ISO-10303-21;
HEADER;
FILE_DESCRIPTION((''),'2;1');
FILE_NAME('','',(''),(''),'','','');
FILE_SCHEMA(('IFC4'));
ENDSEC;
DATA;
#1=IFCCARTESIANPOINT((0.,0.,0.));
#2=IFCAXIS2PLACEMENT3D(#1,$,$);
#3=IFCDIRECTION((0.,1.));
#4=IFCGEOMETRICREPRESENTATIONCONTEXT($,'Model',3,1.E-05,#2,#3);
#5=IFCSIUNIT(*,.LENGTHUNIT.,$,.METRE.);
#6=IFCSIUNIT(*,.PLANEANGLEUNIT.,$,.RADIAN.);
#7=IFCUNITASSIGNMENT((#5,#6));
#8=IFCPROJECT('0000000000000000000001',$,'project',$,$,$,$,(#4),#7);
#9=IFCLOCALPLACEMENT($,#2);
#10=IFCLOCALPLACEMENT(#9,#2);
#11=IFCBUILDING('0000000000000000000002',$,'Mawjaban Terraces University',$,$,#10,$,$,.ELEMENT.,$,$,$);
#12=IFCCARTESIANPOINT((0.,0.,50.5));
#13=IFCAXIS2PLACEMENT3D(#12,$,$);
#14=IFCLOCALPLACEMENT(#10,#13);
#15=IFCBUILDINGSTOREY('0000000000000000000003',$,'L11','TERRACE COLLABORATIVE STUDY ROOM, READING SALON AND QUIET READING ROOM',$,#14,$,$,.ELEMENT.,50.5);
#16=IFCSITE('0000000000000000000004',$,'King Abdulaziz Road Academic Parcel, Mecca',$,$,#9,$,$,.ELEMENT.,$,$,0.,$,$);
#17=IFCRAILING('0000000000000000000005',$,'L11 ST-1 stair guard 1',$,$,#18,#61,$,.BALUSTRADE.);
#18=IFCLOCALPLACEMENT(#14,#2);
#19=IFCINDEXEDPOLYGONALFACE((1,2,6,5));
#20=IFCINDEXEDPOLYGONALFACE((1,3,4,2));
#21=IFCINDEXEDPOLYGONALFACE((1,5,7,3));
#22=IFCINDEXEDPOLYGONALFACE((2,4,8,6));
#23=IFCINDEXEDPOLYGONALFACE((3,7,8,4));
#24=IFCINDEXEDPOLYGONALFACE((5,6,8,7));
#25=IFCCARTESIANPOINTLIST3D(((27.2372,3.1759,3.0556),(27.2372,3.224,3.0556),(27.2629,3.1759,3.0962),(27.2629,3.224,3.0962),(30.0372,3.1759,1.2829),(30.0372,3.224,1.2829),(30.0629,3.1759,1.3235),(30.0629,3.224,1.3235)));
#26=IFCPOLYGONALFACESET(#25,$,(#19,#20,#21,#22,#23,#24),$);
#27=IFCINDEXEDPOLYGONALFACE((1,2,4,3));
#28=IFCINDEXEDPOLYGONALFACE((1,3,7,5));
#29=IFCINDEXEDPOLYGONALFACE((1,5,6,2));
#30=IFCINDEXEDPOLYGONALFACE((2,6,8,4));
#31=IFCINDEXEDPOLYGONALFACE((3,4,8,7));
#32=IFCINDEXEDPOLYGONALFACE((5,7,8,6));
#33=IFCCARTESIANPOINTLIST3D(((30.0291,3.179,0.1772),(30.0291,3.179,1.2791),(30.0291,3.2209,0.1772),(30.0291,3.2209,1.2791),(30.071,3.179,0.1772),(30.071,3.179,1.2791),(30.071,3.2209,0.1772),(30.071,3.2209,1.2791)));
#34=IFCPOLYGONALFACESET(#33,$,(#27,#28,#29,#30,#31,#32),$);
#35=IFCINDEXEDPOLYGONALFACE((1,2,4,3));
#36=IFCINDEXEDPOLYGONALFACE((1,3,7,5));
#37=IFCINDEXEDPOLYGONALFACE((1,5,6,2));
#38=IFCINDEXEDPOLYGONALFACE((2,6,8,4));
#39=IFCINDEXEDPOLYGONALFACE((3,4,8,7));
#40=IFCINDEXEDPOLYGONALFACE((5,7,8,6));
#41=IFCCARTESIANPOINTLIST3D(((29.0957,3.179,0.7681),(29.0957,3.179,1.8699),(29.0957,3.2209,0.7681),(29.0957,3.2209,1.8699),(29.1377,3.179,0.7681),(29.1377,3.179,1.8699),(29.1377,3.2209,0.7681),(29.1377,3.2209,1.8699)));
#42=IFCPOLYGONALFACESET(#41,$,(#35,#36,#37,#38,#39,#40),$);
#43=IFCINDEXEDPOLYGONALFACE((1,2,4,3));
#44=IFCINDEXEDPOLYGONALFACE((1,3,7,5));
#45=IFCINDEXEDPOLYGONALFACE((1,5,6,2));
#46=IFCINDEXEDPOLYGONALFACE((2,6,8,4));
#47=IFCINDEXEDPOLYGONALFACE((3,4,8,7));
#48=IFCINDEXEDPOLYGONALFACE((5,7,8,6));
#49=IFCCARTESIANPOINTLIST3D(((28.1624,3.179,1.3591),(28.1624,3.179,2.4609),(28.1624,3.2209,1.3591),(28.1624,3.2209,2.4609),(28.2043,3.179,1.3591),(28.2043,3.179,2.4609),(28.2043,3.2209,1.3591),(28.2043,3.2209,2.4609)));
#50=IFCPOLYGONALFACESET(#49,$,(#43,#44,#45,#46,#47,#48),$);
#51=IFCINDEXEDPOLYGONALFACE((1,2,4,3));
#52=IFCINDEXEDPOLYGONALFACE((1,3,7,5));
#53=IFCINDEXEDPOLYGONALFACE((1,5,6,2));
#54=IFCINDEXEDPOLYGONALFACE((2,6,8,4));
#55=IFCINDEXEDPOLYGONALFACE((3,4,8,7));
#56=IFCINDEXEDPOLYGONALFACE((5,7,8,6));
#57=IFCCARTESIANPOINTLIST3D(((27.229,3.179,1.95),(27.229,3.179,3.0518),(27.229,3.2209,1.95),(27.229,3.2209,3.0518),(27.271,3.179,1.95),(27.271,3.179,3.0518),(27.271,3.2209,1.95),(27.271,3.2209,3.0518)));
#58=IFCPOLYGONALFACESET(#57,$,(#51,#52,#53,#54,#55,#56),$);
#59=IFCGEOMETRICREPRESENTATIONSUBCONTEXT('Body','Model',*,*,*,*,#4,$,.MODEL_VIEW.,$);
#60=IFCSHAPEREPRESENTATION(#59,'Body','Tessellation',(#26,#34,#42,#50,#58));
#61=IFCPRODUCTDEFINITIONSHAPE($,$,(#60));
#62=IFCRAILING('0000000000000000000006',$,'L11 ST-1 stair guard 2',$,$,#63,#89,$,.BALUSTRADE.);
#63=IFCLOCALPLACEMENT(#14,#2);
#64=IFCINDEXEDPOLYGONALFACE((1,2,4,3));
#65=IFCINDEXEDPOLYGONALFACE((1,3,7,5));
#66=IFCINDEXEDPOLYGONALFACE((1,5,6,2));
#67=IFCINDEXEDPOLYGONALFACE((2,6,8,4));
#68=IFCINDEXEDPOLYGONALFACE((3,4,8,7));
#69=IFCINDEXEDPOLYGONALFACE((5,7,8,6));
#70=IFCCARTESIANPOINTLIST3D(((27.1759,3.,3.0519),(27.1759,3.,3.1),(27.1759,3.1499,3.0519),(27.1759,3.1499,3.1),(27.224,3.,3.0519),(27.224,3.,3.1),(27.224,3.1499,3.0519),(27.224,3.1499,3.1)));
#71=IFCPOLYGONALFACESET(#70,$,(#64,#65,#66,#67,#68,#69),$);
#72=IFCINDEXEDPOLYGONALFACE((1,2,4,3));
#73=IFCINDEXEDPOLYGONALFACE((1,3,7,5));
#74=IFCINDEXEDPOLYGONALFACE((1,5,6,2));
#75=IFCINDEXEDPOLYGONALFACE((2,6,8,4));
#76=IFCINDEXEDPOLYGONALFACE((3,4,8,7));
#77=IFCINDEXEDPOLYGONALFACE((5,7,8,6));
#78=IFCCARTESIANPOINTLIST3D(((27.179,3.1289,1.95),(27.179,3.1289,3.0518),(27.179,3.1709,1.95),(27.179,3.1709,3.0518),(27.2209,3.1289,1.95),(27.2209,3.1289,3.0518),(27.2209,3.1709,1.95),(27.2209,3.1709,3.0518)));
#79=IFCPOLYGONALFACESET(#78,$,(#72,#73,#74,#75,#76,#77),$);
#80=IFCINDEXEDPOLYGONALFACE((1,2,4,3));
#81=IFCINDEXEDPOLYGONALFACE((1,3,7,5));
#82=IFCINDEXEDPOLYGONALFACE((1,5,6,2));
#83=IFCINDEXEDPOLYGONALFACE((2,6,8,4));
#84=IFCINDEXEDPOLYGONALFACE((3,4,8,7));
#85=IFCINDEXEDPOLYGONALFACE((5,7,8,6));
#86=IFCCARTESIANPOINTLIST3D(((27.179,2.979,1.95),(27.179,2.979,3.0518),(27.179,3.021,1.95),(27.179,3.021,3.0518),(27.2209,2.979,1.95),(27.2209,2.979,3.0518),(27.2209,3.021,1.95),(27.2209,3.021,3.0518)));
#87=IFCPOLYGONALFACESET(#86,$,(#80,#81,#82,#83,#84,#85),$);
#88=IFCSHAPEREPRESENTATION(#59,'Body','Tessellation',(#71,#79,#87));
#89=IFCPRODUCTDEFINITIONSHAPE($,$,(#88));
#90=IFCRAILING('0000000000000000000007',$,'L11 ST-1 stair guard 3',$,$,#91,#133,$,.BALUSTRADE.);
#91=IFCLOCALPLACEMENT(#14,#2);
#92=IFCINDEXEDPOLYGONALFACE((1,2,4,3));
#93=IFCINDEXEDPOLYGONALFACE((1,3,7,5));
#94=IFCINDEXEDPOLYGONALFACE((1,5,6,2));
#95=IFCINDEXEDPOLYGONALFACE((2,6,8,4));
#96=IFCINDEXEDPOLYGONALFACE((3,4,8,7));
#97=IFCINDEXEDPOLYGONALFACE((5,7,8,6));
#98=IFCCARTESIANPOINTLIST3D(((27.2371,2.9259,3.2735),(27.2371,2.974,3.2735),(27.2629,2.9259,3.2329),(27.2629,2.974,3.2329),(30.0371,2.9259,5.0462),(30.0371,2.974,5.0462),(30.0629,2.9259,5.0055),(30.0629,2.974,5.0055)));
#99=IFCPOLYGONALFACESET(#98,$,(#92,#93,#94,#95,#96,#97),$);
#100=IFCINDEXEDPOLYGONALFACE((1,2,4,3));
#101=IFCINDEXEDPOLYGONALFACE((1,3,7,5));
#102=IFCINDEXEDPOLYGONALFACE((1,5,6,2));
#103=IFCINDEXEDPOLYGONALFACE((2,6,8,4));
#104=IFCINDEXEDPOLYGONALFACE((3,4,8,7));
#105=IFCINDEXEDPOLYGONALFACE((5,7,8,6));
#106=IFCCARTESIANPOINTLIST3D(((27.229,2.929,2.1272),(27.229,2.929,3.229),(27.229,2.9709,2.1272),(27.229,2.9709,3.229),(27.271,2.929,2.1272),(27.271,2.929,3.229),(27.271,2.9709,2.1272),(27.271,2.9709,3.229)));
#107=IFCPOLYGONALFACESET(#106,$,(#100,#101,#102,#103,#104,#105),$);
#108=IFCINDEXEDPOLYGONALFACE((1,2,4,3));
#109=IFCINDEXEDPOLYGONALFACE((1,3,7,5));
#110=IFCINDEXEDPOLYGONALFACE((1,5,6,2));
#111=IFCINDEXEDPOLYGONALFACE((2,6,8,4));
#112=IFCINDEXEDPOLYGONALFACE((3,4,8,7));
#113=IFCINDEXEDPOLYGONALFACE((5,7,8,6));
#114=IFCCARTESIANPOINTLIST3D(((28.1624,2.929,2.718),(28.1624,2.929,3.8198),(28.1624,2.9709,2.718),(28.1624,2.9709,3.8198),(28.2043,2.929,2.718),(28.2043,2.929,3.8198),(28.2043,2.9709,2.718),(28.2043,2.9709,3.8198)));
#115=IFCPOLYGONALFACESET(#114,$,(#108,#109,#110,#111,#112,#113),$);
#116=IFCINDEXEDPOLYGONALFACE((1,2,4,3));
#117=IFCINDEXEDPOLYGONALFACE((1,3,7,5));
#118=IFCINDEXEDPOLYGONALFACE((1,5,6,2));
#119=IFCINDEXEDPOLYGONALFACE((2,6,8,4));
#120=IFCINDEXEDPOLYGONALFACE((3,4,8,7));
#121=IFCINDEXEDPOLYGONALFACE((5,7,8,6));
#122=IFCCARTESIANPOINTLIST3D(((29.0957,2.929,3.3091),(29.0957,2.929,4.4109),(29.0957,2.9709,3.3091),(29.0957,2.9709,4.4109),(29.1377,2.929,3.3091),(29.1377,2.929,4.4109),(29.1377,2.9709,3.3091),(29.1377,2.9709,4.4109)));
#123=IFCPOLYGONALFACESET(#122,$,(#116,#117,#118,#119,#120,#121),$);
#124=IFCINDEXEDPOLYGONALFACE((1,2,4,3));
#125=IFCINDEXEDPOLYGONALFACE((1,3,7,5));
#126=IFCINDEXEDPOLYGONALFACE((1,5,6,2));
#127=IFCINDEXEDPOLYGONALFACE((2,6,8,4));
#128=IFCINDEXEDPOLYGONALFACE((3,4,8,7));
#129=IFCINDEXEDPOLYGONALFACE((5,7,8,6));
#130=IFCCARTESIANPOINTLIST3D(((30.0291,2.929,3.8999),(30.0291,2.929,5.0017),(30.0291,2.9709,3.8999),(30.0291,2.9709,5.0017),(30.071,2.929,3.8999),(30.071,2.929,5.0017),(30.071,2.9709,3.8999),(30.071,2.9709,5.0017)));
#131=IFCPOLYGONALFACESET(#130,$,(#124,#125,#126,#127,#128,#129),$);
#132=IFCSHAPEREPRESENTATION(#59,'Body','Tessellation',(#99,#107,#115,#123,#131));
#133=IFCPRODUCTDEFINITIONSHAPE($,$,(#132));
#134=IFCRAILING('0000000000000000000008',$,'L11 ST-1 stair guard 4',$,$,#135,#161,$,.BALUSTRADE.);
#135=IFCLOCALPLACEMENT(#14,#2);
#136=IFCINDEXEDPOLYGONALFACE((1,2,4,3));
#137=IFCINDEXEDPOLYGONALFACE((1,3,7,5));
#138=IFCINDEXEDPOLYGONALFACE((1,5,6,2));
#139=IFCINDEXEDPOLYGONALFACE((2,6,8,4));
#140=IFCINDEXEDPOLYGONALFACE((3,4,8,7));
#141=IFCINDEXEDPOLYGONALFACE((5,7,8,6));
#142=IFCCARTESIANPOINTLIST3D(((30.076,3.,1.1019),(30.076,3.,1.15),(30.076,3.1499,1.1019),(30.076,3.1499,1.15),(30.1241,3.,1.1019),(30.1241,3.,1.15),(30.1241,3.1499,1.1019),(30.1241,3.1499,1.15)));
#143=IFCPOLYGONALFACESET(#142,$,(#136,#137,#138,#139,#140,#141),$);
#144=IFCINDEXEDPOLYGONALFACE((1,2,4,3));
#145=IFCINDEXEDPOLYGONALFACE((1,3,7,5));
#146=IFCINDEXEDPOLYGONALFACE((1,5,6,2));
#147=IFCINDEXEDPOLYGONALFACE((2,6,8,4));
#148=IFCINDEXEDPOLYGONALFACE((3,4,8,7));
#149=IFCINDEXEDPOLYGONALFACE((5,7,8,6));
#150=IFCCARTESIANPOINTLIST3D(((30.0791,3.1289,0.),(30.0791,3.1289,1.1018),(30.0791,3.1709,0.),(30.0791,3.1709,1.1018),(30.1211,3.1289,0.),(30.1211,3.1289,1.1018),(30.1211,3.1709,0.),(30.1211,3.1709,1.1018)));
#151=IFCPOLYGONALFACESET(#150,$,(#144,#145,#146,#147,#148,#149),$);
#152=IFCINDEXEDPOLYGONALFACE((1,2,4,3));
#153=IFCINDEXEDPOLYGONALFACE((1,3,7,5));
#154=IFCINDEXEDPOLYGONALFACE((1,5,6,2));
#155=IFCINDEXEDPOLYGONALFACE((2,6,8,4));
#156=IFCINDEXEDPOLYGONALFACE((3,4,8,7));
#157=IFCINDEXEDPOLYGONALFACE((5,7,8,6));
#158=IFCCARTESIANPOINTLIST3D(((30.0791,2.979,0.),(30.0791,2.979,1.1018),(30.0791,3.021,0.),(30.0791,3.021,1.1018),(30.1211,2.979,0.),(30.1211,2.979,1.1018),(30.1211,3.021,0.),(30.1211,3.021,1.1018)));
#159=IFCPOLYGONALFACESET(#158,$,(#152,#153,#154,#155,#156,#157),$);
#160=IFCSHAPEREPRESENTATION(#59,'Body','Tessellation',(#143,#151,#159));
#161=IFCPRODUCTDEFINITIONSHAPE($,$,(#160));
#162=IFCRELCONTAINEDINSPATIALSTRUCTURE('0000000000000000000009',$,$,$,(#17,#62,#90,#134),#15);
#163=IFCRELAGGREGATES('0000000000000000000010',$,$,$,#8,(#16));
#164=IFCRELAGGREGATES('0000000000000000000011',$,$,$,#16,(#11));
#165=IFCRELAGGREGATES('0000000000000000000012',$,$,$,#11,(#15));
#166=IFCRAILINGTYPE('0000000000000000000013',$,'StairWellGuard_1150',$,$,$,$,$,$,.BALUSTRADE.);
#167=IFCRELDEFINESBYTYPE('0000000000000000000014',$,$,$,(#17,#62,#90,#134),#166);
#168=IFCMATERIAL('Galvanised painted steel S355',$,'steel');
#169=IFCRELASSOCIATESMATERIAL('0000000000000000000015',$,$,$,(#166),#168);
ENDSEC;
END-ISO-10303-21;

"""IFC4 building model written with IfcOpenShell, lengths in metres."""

from ifc_helpers import new_model, si_unit, direction, frame, origin, origin_2d, place, context, subcontext, project, spatial, rectangle, extrude, material, type_object, element, save


model = new_model("IFC4")

# Units and contexts
model_context = context("Model", 3, precision=1e-05, world=origin(), true_north=direction((0.0, 1.0)))
body_context = subcontext(model_context, "Body", "Model", "MODEL_VIEW")
ifc_project = project(units=[si_unit("LENGTHUNIT", "METRE"), si_unit("PLANEANGLEUNIT", "RADIAN")], contexts=[model_context])

# Site, building, storey
site_placement = place(None, origin())
site = spatial("IfcSite", under=ifc_project, at=site_placement, Name="King Abdulaziz Road Academic Parcel, Mecca", CompositionType="ELEMENT", RefElevation=0.0)
building_placement = place(site_placement, origin())
building = spatial("IfcBuilding", under=site, at=building_placement, Name="Mawjaban Terraces University", CompositionType="ELEMENT")
storey_placement = place(building_placement, frame((0.0, 0.0, 50.5)))
storey = spatial("IfcBuildingStorey", under=building, at=storey_placement, Name="L11", Description="TERRACE COLLABORATIVE STUDY ROOM, READING SALON AND QUIET READING ROOM", CompositionType="ELEMENT", Elevation=50.5)

# Railings
ifc_material_1 = material(Name="Galvanised painted steel S355", Category="steel")
railing_type_1 = type_object("IfcRailingType", Name="StairWellGuard_1150", PredefinedType="BALUSTRADE", material=ifc_material_1)
railing_1_placement = place(storey_placement, frame((30.05, 3.2, 0.1772)))
element("IfcRailing", 1, at=railing_1_placement, inside=storey, type_object=railing_type_1, Name="L11 ST-1 stair guard 1", PredefinedType="BALUSTRADE", context=body_context, shape_type="SweptSolid", body=[
    extrude(rectangle(XDim=0.0481, YDim=0.0481, at=origin_2d()), frame((0.0, 0.0, 1.126), z_axis=(-0.844909, 0.0, 0.53491), x_axis=(0.0, -1.0, 0.0)), (0.0, 0.0, 1.0), 3.314),
    extrude(rectangle(XDim=0.042, YDim=0.042, at=origin_2d()), origin(), (0.0, 0.0, 1.0), 1.1018),
    extrude(rectangle(XDim=0.042, YDim=0.042, at=origin_2d()), frame((-0.9333, 0.0, 0.5908)), (0.0, 0.0, 1.0), 1.1018),
    extrude(rectangle(XDim=0.042, YDim=0.042, at=origin_2d()), frame((-1.8667, 0.0, 1.1819)), (0.0, 0.0, 1.0), 1.1018),
    extrude(rectangle(XDim=0.042, YDim=0.042, at=origin_2d()), frame((-2.8, 0.0, 1.7727)), (0.0, 0.0, 1.0), 1.1018),
])
railing_2_placement = place(storey_placement, frame((27.2, 3.1499, 1.95)))
element("IfcRailing", 2, at=railing_2_placement, inside=storey, type_object=railing_type_1, Name="L11 ST-1 stair guard 2", PredefinedType="BALUSTRADE", context=body_context, shape_type="SweptSolid", body=[
    extrude(rectangle(XDim=0.0481, YDim=0.0481, at=origin_2d()), frame((0.0, 0.0, 1.126), z_axis=(0.0, -1.0, 0.0), x_axis=(1.0, 0.0, 0.0)), (0.0, 0.0, 1.0), 0.1499),
    extrude(rectangle(XDim=0.042, YDim=0.042, at=origin_2d()), origin(), (0.0, 0.0, 1.0), 1.1018),
    extrude(rectangle(XDim=0.042, YDim=0.042, at=origin_2d()), frame((0.0, -0.1499, 0.0)), (0.0, 0.0, 1.0), 1.1018),
])
railing_3_placement = place(storey_placement, frame((27.25, 2.95, 2.1272)))
element("IfcRailing", 3, at=railing_3_placement, inside=storey, type_object=railing_type_1, Name="L11 ST-1 stair guard 3", PredefinedType="BALUSTRADE", context=body_context, shape_type="SweptSolid", body=[
    extrude(rectangle(XDim=0.0481, YDim=0.0481, at=origin_2d()), frame((0.0, 0.0, 1.126), z_axis=(0.844909, 0.0, 0.53491), x_axis=(0.0, 1.0, 0.0)), (0.0, 0.0, 1.0), 3.314),
    extrude(rectangle(XDim=0.042, YDim=0.042, at=origin_2d()), origin(), (0.0, 0.0, 1.0), 1.1018),
    extrude(rectangle(XDim=0.042, YDim=0.042, at=origin_2d()), frame((0.9333, 0.0, 0.5908)), (0.0, 0.0, 1.0), 1.1018),
    extrude(rectangle(XDim=0.042, YDim=0.042, at=origin_2d()), frame((1.8667, 0.0, 1.1819)), (0.0, 0.0, 1.0), 1.1018),
    extrude(rectangle(XDim=0.042, YDim=0.042, at=origin_2d()), frame((2.8, 0.0, 1.7727)), (0.0, 0.0, 1.0), 1.1018),
])
railing_4_placement = place(storey_placement, frame((30.1001, 3.1499, 0.0)))
element("IfcRailing", 4, at=railing_4_placement, inside=storey, type_object=railing_type_1, Name="L11 ST-1 stair guard 4", PredefinedType="BALUSTRADE", context=body_context, shape_type="SweptSolid", body=[
    extrude(rectangle(XDim=0.0481, YDim=0.0481, at=origin_2d()), frame((0.0, 0.0, 1.126), z_axis=(0.0, -1.0, 0.0), x_axis=(1.0, 0.0, 0.0)), (0.0, 0.0, 1.0), 0.1499),
    extrude(rectangle(XDim=0.042, YDim=0.042, at=origin_2d()), origin(), (0.0, 0.0, 1.0), 1.1018),
    extrude(rectangle(XDim=0.042, YDim=0.042, at=origin_2d()), frame((0.0, -0.1499, 0.0)), (0.0, 0.0, 1.0), 1.1018),
])

save(model, "model.ifc")
